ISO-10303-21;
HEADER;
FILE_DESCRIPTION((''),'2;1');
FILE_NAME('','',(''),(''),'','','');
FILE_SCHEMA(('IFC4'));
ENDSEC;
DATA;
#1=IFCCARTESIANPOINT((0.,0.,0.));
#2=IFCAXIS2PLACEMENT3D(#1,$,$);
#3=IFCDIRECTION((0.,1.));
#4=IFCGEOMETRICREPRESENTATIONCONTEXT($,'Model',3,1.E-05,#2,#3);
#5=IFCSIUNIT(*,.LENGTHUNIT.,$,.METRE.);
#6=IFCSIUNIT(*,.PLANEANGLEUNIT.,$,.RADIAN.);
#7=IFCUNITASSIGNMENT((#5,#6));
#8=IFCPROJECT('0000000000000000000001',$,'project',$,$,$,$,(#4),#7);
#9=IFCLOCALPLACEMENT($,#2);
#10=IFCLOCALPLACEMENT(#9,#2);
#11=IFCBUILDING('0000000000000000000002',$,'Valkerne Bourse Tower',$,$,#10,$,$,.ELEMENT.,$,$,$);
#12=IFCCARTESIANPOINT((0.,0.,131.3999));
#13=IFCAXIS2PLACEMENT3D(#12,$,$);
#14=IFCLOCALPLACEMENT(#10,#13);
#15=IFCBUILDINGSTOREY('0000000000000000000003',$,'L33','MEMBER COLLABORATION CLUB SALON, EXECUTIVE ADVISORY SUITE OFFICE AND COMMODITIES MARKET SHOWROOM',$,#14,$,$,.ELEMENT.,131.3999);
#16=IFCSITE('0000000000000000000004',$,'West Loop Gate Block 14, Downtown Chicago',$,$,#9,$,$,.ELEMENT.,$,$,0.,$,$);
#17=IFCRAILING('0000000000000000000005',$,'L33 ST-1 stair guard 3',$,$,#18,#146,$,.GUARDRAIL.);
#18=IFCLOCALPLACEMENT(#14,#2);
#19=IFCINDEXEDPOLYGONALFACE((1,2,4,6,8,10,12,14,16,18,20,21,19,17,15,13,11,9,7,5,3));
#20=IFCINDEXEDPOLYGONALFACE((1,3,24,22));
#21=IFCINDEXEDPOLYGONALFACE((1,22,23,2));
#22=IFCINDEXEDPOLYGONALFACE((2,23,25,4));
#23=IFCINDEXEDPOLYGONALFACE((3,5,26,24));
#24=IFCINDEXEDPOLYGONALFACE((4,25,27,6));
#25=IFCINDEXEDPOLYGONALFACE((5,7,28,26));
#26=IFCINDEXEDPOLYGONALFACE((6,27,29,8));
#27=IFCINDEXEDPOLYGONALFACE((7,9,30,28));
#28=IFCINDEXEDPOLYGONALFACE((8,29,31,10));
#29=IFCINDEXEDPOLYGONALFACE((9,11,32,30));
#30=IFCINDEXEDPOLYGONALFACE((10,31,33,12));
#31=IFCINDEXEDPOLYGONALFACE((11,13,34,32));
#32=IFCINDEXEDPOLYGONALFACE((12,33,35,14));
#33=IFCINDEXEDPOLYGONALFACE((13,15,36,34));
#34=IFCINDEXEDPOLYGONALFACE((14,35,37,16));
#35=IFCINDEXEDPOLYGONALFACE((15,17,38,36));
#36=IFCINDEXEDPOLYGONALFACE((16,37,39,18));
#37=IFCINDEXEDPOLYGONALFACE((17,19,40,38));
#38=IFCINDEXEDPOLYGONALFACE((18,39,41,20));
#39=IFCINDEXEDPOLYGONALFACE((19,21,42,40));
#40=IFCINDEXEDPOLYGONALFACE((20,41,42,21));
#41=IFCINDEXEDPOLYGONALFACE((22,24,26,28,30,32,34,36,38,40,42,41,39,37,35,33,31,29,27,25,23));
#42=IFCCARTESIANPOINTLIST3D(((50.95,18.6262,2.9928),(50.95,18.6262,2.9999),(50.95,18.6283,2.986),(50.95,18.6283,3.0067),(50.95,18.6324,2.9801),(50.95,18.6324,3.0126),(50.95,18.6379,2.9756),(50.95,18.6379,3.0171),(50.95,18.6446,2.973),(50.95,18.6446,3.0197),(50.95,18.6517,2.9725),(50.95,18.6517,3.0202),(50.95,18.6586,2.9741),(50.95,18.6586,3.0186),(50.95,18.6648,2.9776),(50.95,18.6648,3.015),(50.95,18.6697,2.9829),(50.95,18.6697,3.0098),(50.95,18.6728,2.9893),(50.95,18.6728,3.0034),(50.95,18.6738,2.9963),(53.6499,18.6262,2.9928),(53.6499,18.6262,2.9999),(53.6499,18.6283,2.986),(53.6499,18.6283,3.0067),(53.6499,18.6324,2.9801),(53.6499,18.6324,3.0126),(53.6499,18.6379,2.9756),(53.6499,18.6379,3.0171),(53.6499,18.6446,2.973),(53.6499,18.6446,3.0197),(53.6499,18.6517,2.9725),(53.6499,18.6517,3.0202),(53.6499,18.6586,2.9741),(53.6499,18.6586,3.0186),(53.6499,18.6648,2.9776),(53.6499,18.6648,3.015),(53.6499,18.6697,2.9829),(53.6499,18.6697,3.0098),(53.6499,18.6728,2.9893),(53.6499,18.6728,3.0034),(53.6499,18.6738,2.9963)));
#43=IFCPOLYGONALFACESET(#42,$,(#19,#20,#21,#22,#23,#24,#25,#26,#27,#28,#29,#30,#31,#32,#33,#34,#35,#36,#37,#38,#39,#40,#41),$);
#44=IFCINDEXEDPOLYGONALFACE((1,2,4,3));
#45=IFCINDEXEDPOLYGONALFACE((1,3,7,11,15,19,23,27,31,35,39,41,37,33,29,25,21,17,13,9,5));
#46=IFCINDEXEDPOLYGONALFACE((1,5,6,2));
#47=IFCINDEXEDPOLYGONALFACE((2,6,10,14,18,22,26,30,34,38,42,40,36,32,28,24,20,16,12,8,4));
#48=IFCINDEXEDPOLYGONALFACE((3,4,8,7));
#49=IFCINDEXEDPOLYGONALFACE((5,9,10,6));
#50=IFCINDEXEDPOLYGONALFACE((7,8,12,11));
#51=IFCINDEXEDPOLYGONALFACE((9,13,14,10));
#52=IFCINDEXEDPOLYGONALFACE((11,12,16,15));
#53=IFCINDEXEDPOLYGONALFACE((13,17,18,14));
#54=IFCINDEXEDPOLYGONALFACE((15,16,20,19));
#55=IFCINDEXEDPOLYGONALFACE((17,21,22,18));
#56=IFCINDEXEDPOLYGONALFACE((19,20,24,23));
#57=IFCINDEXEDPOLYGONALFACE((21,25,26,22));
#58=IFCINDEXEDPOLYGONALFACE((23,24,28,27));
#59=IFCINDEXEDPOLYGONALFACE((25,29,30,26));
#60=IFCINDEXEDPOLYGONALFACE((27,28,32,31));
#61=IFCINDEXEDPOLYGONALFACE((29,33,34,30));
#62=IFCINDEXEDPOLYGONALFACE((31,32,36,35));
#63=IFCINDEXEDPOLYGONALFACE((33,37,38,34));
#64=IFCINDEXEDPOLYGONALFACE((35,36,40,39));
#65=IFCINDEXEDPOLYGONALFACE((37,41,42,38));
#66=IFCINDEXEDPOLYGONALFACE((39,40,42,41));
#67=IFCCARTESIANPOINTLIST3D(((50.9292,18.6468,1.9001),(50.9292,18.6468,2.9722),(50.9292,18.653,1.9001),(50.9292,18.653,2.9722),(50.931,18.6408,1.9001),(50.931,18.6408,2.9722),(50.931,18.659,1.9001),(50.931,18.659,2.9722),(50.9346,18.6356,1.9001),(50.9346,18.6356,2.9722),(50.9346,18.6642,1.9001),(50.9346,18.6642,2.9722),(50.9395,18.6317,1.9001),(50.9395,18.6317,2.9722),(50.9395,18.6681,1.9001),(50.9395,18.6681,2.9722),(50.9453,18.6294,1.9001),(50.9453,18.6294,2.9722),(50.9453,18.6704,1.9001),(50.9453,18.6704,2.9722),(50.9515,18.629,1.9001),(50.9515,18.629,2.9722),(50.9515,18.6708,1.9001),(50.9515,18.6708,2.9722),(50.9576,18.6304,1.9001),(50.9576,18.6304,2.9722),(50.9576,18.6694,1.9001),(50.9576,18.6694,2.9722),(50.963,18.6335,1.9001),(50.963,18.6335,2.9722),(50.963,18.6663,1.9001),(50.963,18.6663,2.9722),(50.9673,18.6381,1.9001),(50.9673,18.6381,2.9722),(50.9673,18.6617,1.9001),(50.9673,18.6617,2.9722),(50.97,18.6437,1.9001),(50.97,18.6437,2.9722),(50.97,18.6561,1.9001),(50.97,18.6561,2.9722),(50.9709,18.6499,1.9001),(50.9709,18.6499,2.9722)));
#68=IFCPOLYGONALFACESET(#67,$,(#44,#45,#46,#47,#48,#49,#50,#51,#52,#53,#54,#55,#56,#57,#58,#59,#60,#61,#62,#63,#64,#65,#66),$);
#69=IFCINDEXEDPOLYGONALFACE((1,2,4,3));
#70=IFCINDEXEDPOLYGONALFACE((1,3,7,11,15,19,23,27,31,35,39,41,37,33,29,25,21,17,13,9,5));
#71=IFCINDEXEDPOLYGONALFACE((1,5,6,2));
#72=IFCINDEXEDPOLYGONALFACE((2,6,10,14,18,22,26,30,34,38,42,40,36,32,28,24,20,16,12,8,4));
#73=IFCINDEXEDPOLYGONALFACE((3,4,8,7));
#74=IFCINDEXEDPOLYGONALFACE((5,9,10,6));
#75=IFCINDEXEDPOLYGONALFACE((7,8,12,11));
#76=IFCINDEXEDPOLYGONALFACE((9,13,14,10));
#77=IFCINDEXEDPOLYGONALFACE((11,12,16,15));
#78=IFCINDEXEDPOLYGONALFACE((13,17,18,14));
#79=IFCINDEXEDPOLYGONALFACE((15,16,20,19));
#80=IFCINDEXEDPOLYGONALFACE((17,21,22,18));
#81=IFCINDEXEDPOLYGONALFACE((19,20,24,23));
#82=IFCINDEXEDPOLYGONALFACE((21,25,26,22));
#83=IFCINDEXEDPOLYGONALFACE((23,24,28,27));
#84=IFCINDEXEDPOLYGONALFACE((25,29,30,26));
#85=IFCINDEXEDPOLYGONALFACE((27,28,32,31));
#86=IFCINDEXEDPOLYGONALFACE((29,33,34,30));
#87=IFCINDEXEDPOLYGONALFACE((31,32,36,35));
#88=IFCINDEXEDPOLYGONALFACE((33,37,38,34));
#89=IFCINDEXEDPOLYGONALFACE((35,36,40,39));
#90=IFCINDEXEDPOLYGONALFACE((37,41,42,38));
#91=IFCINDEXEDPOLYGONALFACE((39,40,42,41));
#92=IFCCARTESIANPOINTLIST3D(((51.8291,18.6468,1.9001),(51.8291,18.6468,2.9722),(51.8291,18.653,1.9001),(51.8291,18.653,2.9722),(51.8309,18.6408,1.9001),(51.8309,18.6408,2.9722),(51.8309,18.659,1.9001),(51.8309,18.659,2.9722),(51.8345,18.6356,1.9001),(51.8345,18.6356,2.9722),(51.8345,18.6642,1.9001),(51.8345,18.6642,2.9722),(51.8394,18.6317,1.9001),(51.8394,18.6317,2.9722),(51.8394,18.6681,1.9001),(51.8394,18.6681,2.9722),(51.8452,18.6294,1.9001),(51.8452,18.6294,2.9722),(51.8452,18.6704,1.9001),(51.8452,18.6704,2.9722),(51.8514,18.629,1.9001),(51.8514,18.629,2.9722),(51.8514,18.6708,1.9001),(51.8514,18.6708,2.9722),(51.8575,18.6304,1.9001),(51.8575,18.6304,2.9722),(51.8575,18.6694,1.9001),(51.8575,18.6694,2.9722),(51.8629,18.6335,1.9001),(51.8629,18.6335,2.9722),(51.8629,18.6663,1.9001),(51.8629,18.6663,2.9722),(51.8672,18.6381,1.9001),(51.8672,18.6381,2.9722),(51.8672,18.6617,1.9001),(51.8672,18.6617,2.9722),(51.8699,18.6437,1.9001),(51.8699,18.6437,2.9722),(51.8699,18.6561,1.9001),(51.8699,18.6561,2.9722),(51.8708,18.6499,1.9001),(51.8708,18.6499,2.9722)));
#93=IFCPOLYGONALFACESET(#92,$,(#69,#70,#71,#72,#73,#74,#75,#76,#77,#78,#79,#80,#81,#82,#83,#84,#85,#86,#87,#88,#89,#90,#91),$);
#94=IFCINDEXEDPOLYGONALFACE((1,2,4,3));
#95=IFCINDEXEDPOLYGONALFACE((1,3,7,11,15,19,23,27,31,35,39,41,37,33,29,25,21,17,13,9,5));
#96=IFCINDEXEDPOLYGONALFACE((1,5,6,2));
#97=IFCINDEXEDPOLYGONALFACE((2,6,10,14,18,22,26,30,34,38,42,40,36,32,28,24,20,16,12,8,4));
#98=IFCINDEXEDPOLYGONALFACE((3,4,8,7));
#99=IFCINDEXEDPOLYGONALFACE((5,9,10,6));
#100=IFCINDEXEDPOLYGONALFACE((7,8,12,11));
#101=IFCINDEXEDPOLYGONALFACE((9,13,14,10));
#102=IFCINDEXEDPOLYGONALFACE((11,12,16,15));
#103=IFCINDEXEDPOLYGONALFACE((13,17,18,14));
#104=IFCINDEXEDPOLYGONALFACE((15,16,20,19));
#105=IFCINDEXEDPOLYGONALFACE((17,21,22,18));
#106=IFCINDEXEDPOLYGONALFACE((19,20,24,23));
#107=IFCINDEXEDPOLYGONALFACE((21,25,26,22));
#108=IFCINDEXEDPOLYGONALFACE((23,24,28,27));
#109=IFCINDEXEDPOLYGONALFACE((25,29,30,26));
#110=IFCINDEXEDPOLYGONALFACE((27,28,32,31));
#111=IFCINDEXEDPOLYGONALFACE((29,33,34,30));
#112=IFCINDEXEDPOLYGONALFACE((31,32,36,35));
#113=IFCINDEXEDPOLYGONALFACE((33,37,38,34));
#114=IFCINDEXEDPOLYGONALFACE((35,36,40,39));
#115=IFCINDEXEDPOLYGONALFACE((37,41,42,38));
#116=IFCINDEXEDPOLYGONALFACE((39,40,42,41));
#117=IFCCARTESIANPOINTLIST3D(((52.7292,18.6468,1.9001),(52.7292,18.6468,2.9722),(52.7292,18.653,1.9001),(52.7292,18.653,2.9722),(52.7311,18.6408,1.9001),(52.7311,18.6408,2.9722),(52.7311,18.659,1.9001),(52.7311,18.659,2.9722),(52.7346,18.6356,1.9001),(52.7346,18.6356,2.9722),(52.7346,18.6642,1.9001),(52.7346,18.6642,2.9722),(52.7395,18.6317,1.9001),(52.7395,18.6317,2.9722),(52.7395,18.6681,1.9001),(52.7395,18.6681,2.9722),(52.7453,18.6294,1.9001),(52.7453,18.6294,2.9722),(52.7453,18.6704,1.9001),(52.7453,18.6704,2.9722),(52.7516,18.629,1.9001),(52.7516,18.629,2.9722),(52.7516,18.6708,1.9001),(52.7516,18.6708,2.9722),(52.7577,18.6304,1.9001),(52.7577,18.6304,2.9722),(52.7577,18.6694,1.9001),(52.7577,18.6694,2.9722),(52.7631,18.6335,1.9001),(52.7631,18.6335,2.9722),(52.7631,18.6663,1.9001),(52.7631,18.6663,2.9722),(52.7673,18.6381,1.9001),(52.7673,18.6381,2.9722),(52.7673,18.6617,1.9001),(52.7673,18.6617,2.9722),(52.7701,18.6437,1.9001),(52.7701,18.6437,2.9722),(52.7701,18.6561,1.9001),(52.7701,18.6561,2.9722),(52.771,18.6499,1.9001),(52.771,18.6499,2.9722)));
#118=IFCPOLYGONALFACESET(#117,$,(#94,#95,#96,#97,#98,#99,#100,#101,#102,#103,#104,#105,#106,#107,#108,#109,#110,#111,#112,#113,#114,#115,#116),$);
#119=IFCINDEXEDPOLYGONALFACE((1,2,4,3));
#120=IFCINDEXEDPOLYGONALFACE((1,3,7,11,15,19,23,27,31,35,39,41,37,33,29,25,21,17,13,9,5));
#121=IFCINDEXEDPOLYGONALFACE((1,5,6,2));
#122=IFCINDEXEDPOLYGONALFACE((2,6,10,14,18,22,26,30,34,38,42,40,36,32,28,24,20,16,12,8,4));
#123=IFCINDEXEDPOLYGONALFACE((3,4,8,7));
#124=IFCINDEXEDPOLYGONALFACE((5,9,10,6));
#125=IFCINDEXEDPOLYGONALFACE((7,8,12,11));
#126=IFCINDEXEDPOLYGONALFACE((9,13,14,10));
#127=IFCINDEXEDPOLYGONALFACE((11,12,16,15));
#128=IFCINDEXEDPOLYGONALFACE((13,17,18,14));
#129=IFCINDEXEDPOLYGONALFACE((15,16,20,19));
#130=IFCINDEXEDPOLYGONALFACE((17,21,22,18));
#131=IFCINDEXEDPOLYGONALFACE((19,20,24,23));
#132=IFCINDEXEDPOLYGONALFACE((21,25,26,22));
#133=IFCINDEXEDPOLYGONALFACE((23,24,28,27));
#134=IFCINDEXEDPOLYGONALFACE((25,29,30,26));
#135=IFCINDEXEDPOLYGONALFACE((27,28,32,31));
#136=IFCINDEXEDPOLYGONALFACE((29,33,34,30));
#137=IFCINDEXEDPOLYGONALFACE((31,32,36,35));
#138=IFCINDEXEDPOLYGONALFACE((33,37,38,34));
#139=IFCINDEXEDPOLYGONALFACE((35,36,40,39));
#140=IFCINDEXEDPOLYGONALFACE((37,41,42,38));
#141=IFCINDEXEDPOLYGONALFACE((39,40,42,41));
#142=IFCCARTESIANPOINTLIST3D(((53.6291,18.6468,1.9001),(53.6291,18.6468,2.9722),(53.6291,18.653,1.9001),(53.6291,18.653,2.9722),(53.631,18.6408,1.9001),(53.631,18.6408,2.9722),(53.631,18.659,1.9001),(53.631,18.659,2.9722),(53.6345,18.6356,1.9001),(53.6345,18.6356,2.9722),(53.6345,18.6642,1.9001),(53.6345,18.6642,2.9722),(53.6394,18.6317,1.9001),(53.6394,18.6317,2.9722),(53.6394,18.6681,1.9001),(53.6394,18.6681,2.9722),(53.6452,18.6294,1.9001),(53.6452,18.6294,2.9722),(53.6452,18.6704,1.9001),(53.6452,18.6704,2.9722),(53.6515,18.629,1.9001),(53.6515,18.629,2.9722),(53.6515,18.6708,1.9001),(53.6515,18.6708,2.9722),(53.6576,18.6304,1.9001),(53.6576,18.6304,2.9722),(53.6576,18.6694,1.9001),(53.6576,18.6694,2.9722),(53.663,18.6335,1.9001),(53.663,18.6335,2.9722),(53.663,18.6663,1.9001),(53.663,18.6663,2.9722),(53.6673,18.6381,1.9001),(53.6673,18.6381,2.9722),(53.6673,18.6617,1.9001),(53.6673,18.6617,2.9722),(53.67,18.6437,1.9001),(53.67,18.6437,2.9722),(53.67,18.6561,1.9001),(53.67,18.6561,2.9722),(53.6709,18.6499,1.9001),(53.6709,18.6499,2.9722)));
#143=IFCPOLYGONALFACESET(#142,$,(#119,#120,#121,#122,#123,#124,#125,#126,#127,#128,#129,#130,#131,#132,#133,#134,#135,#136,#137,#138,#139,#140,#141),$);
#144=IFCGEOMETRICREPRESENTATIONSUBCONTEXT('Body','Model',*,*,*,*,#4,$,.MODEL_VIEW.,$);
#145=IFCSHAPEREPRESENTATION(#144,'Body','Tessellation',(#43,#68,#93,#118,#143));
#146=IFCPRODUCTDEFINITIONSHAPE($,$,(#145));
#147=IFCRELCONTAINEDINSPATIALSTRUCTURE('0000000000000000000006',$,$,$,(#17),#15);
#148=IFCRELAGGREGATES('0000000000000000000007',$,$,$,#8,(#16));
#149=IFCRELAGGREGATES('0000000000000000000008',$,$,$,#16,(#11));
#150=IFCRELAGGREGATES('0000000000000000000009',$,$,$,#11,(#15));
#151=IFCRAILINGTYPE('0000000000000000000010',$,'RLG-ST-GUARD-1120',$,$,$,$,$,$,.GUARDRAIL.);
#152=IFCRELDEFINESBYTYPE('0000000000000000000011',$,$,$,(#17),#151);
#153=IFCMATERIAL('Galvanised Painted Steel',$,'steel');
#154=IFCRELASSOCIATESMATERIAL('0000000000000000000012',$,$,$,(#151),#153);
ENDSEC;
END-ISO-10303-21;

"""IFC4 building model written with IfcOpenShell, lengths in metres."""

from ifc_helpers import new_model, si_unit, direction, frame, origin, origin_2d, place, context, subcontext, project, spatial, circle, extrude, material, type_object, element, save


model = new_model("IFC4")

# Units and contexts
model_context = context("Model", 3, precision=1e-05, world=origin(), true_north=direction((0.0, 1.0)))
body_context = subcontext(model_context, "Body", "Model", "MODEL_VIEW")
ifc_project = project(units=[si_unit("LENGTHUNIT", "METRE"), si_unit("PLANEANGLEUNIT", "RADIAN")], contexts=[model_context])

# Site, building, storey
site_placement = place(None, origin())
site = spatial("IfcSite", under=ifc_project, at=site_placement, Name="West Loop Gate Block 14, Downtown Chicago", CompositionType="ELEMENT", RefElevation=0.0)
building_placement = place(site_placement, origin())
building = spatial("IfcBuilding", under=site, at=building_placement, Name="Valkerne Bourse Tower", CompositionType="ELEMENT")
storey_placement = place(building_placement, frame((0.0, 0.0, 131.3999)))
storey = spatial("IfcBuildingStorey", under=building, at=storey_placement, Name="L33", Description="MEMBER COLLABORATION CLUB SALON, EXECUTIVE ADVISORY SUITE OFFICE AND COMMODITIES MARKET SHOWROOM", CompositionType="ELEMENT", Elevation=131.3999)

# Shared definitions
ifc_material_1 = material(Name="Galvanised Painted Steel", Category="steel")

# Railing
railing_type_1 = type_object("IfcRailingType", Name="RLG-ST-GUARD-1120", PredefinedType="GUARDRAIL", material=ifc_material_1)
for number, where, name in (
    (1, (50.95, 18.6499, 1.9001), "L33 ST-1 stair guard 3"),
):
    element("IfcRailing", number, at=place(storey_placement, frame(where)), inside=storey, type_object=railing_type_1, Name=name, PredefinedType="GUARDRAIL", context=body_context, shape_type="SweptSolid", body=[
        extrude(circle(Radius=0.0239, at=origin_2d()), frame((0.0, 0.0, 1.0962), z_axis=(1.0, 0.0, 0.0), x_axis=(0.0, 1.0, 0.0)), (0.0, 0.0, 1.0), 2.7),
        extrude(circle(Radius=0.021, at=origin_2d()), origin(), (0.0, 0.0, 1.0), 1.072),
        extrude(circle(Radius=0.021, at=origin_2d()), frame((0.8999, 0.0, 0.0)), (0.0, 0.0, 1.0), 1.072),
        extrude(circle(Radius=0.021, at=origin_2d()), frame((1.8, 0.0, 0.0)), (0.0, 0.0, 1.0), 1.072),
        extrude(circle(Radius=0.021, at=origin_2d()), frame((2.7, 0.0, 0.0)), (0.0, 0.0, 1.0), 1.072),
    ])

save(model, "model.ifc")
